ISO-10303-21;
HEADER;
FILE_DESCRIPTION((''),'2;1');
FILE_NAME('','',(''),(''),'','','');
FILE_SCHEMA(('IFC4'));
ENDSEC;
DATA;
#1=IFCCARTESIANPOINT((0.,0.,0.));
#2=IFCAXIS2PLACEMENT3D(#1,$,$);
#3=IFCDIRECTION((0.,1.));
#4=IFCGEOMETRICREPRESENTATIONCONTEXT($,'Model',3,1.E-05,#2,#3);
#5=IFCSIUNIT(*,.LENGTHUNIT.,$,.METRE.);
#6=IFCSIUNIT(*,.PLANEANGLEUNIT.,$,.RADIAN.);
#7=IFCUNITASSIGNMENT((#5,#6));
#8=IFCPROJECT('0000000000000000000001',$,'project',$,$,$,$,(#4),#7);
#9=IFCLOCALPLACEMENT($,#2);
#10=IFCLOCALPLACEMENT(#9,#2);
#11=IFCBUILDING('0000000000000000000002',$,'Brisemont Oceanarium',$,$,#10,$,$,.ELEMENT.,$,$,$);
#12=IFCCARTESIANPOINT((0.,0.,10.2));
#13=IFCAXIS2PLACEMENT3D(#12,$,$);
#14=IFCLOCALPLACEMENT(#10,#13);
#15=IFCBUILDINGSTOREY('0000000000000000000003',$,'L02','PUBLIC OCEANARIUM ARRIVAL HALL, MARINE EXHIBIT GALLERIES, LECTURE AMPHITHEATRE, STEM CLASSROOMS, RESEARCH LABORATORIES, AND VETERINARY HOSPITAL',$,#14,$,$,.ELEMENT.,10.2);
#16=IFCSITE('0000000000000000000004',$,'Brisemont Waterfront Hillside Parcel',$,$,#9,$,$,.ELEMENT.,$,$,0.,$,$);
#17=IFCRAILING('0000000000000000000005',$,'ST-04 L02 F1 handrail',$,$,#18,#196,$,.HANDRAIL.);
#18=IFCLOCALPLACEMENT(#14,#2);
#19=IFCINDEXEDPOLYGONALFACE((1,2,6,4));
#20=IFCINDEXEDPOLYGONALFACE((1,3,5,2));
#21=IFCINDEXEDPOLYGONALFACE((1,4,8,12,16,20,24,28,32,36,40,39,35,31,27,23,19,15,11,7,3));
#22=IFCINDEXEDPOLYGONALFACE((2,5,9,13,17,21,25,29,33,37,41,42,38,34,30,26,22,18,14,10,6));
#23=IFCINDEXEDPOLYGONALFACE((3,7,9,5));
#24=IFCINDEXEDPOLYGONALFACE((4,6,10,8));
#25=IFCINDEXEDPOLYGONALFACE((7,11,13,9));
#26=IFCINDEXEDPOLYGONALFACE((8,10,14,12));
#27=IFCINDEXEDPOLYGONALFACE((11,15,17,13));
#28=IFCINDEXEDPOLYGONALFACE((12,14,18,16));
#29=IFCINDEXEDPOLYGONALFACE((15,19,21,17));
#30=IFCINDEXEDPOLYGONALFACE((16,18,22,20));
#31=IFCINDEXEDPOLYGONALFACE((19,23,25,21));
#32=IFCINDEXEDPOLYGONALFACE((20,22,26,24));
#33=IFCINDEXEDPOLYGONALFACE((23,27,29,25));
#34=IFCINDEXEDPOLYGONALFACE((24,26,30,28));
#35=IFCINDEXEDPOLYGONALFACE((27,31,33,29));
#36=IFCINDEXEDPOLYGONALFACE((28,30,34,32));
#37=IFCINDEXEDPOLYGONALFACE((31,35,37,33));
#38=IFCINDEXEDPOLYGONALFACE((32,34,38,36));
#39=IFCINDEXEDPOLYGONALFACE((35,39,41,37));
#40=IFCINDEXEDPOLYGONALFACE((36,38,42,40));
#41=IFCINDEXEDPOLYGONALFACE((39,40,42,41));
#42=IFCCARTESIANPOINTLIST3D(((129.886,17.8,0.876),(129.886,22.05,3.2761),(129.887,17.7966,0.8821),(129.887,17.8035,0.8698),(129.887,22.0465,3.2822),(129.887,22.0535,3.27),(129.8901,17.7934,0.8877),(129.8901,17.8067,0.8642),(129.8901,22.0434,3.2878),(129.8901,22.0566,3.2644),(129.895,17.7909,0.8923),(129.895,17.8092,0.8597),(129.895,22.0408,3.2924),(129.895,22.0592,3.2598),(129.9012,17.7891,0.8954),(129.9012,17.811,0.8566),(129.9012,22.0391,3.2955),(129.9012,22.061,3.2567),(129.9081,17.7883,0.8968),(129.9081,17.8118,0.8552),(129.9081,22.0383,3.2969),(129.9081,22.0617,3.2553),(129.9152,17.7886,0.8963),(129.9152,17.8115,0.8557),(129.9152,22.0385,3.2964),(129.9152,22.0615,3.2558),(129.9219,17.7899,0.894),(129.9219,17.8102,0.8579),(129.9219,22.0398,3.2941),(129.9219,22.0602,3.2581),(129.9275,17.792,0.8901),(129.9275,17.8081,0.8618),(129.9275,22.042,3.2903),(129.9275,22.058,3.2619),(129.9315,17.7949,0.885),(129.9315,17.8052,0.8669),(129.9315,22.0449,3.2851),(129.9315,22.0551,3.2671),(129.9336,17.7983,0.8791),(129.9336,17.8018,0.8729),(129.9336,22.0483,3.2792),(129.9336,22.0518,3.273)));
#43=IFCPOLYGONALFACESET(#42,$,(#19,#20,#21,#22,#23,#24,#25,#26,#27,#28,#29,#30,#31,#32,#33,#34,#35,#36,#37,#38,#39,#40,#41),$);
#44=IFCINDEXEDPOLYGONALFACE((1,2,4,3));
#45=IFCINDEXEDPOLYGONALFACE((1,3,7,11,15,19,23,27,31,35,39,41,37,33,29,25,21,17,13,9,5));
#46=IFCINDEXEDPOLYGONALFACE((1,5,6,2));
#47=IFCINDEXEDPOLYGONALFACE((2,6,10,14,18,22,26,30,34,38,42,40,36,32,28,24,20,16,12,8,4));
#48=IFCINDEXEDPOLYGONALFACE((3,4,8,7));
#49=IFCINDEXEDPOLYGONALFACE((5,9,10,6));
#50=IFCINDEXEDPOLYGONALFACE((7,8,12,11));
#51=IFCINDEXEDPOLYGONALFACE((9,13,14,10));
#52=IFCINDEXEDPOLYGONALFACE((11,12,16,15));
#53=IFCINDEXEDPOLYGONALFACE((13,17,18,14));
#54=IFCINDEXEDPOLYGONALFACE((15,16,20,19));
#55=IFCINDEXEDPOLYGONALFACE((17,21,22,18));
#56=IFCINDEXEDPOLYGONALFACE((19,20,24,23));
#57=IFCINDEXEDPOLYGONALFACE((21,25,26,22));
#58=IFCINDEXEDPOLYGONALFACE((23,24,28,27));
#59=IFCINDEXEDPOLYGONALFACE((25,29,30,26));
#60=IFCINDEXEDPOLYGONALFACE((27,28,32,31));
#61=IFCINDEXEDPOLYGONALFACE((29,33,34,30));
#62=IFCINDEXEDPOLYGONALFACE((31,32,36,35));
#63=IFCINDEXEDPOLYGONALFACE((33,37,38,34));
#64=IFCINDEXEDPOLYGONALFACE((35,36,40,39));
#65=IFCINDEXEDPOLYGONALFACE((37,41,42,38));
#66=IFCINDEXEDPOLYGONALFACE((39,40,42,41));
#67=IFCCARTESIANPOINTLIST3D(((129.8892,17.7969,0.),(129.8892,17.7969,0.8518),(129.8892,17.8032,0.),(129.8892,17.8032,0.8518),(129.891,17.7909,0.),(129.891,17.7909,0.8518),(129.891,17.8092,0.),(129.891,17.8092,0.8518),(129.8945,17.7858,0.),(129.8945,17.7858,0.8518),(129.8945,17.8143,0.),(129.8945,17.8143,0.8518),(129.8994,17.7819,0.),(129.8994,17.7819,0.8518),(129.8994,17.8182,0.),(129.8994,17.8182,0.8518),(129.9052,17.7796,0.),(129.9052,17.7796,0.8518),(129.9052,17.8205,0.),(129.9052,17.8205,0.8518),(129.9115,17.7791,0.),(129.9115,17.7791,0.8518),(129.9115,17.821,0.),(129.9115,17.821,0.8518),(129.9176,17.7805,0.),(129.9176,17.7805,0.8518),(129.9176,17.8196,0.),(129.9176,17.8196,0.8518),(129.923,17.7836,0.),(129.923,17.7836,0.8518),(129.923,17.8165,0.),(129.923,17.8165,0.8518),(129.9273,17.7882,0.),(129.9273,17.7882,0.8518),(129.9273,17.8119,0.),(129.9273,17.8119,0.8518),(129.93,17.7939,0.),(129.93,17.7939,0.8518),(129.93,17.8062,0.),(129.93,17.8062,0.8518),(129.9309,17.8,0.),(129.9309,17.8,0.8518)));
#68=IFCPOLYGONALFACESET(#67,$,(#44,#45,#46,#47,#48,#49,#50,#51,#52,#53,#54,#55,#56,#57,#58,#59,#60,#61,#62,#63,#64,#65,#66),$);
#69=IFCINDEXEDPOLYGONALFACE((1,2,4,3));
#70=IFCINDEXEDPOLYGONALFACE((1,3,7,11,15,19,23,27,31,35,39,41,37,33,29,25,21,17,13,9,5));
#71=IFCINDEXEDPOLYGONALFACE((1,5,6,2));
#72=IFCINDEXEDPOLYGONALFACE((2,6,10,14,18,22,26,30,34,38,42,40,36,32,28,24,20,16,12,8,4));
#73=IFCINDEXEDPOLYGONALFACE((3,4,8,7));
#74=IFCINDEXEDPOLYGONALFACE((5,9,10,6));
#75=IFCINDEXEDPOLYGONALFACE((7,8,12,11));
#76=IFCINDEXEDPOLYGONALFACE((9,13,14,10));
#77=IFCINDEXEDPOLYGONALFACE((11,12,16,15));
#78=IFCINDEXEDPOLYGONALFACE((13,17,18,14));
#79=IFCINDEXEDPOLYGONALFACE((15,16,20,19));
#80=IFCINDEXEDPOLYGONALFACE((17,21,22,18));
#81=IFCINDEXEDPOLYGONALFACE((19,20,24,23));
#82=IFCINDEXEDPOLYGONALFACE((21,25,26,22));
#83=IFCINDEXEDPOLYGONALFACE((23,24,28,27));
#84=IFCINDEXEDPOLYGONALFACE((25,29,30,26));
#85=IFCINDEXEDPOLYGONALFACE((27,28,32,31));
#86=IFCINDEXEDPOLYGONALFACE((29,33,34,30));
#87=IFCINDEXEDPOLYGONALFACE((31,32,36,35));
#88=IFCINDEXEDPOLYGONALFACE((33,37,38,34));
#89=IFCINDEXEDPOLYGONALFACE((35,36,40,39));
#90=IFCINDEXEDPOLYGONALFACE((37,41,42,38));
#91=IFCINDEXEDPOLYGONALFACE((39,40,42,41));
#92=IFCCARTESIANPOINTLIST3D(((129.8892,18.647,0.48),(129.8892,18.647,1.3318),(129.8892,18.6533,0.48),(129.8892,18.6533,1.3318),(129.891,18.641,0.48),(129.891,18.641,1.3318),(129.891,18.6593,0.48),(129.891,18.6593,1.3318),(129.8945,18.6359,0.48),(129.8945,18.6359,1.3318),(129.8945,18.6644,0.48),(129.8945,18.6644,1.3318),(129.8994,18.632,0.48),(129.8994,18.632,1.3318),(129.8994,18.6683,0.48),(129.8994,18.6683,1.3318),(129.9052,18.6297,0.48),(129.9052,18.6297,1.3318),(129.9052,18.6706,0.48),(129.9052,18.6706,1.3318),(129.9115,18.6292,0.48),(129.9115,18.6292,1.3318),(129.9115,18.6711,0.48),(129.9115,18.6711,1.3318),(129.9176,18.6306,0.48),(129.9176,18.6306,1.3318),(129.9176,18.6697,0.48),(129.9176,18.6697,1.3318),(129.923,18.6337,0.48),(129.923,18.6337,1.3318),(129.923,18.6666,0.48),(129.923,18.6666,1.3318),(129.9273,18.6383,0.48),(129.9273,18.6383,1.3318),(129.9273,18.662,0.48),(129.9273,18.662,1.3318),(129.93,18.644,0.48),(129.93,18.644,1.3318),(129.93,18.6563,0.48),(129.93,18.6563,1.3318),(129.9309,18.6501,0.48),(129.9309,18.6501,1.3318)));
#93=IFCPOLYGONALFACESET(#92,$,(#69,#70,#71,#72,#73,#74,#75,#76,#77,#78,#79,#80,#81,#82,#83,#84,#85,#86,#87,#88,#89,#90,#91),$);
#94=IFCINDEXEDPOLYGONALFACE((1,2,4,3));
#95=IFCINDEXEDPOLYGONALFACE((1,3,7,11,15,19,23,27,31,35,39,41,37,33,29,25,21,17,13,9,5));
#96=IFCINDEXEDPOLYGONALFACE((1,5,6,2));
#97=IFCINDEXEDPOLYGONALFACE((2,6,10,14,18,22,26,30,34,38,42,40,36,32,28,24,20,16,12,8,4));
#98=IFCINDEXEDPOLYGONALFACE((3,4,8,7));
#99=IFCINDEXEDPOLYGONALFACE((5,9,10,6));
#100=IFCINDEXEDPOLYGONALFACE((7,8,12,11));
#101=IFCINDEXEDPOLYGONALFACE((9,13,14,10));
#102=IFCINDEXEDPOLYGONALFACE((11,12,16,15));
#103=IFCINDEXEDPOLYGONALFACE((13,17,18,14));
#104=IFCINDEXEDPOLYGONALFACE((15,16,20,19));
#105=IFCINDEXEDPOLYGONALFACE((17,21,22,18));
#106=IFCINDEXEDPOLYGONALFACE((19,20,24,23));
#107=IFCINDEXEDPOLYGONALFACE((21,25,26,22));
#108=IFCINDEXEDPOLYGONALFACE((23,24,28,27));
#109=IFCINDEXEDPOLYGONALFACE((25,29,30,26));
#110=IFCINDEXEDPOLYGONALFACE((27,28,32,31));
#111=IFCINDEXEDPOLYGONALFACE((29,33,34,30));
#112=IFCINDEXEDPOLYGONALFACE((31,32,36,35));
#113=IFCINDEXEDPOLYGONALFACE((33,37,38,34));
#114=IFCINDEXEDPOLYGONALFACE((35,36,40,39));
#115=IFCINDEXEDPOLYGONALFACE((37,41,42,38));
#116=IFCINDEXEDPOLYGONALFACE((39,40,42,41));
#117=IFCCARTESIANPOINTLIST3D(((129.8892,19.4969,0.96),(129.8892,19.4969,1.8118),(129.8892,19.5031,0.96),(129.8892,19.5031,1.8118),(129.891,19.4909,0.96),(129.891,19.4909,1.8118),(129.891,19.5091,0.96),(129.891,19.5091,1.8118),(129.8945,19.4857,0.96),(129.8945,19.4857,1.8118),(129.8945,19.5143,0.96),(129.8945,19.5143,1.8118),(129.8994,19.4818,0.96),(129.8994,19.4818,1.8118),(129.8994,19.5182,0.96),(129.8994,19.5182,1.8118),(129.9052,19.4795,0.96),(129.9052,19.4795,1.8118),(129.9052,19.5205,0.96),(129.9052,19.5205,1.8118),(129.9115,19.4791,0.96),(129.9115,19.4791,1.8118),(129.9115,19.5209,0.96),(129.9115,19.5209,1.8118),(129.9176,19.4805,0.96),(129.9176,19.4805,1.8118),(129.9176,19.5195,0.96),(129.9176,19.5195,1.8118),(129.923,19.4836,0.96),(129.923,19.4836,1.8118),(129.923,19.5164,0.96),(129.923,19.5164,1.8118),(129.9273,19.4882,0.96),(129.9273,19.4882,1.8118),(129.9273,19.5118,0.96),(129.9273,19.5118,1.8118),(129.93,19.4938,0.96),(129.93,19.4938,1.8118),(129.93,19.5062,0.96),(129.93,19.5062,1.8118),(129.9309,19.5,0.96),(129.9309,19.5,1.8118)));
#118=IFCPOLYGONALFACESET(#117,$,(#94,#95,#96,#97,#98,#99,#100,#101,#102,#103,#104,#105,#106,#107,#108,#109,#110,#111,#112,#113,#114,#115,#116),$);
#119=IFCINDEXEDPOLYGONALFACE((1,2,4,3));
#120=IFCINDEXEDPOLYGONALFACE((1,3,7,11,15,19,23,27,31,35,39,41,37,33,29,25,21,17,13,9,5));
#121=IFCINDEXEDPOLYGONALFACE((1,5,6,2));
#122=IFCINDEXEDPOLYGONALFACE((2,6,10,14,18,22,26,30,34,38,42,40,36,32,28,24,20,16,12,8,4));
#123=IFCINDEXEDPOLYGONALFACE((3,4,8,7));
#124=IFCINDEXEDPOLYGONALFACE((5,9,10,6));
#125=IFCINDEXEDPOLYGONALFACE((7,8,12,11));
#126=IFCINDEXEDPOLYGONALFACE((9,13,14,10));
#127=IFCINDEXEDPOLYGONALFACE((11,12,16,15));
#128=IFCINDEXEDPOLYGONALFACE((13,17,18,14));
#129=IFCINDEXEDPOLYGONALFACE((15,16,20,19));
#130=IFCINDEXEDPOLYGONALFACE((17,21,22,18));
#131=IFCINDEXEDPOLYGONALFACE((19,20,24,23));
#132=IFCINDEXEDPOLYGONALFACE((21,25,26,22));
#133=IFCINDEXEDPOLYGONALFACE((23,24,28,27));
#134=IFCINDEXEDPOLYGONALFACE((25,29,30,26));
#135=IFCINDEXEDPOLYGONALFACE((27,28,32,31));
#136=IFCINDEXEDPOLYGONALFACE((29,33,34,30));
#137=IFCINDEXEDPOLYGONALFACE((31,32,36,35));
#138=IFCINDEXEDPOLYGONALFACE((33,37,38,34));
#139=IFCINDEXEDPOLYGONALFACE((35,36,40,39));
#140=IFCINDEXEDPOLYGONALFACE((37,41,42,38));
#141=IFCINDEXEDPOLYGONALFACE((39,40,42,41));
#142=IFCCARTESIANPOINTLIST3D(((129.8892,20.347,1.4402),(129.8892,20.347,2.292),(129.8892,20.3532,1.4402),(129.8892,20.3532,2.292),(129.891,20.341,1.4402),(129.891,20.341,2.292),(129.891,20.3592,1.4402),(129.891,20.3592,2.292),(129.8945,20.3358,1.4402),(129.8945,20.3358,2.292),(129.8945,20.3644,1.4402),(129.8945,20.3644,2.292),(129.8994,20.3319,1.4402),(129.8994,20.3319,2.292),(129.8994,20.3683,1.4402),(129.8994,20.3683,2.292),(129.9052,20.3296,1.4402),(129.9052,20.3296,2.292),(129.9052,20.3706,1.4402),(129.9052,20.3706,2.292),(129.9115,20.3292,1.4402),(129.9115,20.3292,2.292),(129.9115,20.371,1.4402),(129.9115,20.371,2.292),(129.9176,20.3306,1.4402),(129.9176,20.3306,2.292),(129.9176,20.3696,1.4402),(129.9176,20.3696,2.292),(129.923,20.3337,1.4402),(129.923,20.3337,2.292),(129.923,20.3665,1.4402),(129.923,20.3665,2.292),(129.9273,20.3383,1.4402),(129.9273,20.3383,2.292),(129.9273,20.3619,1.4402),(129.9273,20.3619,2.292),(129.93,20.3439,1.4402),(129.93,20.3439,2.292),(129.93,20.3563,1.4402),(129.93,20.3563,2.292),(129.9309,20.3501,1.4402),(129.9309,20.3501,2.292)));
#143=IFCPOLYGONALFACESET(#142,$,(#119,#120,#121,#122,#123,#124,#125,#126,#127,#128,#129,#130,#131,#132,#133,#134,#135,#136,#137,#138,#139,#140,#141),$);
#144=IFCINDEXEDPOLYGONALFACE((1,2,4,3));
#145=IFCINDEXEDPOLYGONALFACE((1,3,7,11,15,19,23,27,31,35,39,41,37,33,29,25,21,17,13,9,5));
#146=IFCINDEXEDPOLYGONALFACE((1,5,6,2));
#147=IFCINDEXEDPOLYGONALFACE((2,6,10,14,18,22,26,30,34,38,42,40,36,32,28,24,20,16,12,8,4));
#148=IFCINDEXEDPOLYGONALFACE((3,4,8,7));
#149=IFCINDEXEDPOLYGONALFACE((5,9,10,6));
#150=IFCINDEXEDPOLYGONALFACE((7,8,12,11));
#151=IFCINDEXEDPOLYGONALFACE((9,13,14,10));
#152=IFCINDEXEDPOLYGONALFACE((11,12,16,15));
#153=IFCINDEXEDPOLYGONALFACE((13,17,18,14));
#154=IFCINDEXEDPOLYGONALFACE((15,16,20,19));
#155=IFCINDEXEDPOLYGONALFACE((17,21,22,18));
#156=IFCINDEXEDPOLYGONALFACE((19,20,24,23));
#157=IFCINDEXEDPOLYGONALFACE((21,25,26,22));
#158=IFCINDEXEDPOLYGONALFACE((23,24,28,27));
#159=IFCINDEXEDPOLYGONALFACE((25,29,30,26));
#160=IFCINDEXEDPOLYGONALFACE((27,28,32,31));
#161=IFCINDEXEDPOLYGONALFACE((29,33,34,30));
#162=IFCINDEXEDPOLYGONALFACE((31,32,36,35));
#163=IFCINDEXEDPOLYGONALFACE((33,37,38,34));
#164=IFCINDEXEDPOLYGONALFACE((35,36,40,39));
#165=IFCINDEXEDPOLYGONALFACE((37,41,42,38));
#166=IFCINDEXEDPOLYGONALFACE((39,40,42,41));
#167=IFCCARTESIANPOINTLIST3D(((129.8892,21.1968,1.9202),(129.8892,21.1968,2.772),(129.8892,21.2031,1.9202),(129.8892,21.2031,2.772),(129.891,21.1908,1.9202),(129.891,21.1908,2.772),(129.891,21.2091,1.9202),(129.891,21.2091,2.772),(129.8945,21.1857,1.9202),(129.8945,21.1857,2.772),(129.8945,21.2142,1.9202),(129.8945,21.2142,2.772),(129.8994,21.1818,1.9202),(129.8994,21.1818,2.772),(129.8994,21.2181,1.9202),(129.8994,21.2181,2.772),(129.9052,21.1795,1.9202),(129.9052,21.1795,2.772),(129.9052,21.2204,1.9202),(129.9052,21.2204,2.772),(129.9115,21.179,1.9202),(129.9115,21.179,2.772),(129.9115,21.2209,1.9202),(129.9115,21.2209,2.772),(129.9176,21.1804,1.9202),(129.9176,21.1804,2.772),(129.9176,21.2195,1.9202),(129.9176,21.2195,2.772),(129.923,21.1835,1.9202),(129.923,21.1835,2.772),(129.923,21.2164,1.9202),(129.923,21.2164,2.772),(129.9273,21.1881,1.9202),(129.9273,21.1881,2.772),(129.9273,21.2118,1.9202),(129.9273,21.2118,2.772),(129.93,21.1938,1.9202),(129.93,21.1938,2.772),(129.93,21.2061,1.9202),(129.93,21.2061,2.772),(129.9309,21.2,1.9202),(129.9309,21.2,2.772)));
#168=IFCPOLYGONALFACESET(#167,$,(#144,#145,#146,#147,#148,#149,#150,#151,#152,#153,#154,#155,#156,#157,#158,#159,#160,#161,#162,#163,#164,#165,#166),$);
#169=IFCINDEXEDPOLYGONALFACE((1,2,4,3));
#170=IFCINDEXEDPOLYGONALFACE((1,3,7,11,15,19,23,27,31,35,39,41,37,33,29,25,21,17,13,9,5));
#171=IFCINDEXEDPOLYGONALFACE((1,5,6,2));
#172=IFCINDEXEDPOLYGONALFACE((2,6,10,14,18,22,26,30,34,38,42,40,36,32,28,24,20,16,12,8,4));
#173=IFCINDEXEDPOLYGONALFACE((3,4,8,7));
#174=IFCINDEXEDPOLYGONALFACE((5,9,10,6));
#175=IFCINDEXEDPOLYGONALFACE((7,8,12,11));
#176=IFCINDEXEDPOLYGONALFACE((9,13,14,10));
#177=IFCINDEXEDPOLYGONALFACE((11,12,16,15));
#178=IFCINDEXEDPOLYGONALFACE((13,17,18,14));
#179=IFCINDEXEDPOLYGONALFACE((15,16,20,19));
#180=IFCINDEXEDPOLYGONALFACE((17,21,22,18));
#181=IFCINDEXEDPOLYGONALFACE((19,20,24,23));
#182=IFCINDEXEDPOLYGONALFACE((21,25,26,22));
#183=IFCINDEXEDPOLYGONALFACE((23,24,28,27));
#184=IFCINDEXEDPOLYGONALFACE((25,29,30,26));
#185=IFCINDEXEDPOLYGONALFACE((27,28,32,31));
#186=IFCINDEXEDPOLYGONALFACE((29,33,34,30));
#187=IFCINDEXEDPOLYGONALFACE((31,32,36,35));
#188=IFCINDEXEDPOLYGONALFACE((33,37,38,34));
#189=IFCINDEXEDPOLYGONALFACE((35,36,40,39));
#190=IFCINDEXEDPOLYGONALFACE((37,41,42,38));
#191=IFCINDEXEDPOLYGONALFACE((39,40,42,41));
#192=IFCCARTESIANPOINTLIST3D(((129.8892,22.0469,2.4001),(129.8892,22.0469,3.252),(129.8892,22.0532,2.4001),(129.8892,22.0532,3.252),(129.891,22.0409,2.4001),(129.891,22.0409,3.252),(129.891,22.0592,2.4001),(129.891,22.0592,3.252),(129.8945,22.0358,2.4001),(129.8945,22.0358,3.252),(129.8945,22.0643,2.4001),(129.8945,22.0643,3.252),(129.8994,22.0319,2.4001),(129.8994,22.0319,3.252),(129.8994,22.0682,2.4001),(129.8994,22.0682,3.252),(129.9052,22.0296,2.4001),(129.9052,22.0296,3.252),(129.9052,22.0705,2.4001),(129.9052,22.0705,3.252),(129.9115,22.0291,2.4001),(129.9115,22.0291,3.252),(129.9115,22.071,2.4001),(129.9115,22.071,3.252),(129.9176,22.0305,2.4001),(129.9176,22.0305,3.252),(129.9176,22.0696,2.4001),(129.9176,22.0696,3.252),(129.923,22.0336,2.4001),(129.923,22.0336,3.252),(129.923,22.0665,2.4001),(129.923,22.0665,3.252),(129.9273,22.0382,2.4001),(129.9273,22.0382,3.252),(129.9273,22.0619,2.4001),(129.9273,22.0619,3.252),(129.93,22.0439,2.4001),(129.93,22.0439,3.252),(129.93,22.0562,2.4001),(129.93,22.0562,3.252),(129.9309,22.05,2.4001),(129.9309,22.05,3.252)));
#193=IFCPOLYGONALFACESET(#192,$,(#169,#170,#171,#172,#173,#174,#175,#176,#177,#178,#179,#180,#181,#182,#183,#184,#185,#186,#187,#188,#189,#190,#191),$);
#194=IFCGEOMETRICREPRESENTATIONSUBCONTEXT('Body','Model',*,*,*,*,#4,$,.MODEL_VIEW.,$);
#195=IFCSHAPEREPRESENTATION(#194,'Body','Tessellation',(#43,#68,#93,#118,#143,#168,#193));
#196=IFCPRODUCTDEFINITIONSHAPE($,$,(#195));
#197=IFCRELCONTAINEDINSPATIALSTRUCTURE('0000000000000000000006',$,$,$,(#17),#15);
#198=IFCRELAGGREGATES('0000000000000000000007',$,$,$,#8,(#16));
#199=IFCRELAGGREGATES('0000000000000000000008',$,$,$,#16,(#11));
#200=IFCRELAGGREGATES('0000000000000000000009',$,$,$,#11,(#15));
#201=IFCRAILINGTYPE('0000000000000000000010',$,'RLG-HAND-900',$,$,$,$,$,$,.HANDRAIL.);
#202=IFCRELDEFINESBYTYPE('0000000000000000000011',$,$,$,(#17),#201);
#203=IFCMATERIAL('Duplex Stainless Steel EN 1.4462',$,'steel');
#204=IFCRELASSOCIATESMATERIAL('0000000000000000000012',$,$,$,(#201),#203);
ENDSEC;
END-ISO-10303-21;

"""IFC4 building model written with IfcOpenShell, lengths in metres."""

from ifc_helpers import new_model, si_unit, direction, frame, origin, origin_2d, place, context, subcontext, project, spatial, circle, extrude, material, type_object, element, save


model = new_model("IFC4")

# Units and contexts
model_context = context("Model", 3, precision=1e-05, world=origin(), true_north=direction((0.0, 1.0)))
body_context = subcontext(model_context, "Body", "Model", "MODEL_VIEW")
ifc_project = project(units=[si_unit("LENGTHUNIT", "METRE"), si_unit("PLANEANGLEUNIT", "RADIAN")], contexts=[model_context])

# Site, building, storey
site_placement = place(None, origin())
site = spatial("IfcSite", under=ifc_project, at=site_placement, Name="Brisemont Waterfront Hillside Parcel", CompositionType="ELEMENT", RefElevation=0.0)
building_placement = place(site_placement, origin())
building = spatial("IfcBuilding", under=site, at=building_placement, Name="Brisemont Oceanarium", CompositionType="ELEMENT")
storey_placement = place(building_placement, frame((0.0, 0.0, 10.2)))
storey = spatial("IfcBuildingStorey", under=building, at=storey_placement, Name="L02", Description="PUBLIC OCEANARIUM ARRIVAL HALL, MARINE EXHIBIT GALLERIES, LECTURE AMPHITHEATRE, STEM CLASSROOMS, RESEARCH LABORATORIES, AND VETERINARY HOSPITAL", CompositionType="ELEMENT", Elevation=10.2)

# Railing
ifc_material_1 = material(Name="Duplex Stainless Steel EN 1.4462", Category="steel")
railing_type_1 = type_object("IfcRailingType", Name="RLG-HAND-900", PredefinedType="HANDRAIL", material=ifc_material_1)
railing_1_placement = place(storey_placement, frame((129.9099, 17.8, 0.0)))
element("IfcRailing", 1, at=railing_1_placement, inside=storey, type_object=railing_type_1, Name="ST-04 L02 F1 handrail", PredefinedType="HANDRAIL", context=body_context, shape_type="SweptSolid", body=[
    extrude(circle(Radius=0.0239, at=origin_2d()), frame((0.0, 0.0, 0.876), z_axis=(0.0, 0.870741, 0.491742), x_axis=(-1.0, 0.0, 0.0)), (0.0, 0.0, 1.0), 4.8809),
    extrude(circle(Radius=0.021, at=origin_2d()), origin(), (0.0, 0.0, 1.0), 0.8518),
    extrude(circle(Radius=0.021, at=origin_2d()), frame((0.0, 0.8501, 0.48)), (0.0, 0.0, 1.0), 0.8518),
    extrude(circle(Radius=0.021, at=origin_2d()), frame((0.0, 1.7, 0.96)), (0.0, 0.0, 1.0), 0.8518),
    extrude(circle(Radius=0.021, at=origin_2d()), frame((0.0, 2.55, 1.4402)), (0.0, 0.0, 1.0), 0.8518),
    extrude(circle(Radius=0.021, at=origin_2d()), frame((0.0, 3.3999, 1.9202)), (0.0, 0.0, 1.0), 0.8518),
    extrude(circle(Radius=0.021, at=origin_2d()), frame((0.0, 4.25, 2.4001)), (0.0, 0.0, 1.0), 0.8518),
])

save(model, "model.ifc")
